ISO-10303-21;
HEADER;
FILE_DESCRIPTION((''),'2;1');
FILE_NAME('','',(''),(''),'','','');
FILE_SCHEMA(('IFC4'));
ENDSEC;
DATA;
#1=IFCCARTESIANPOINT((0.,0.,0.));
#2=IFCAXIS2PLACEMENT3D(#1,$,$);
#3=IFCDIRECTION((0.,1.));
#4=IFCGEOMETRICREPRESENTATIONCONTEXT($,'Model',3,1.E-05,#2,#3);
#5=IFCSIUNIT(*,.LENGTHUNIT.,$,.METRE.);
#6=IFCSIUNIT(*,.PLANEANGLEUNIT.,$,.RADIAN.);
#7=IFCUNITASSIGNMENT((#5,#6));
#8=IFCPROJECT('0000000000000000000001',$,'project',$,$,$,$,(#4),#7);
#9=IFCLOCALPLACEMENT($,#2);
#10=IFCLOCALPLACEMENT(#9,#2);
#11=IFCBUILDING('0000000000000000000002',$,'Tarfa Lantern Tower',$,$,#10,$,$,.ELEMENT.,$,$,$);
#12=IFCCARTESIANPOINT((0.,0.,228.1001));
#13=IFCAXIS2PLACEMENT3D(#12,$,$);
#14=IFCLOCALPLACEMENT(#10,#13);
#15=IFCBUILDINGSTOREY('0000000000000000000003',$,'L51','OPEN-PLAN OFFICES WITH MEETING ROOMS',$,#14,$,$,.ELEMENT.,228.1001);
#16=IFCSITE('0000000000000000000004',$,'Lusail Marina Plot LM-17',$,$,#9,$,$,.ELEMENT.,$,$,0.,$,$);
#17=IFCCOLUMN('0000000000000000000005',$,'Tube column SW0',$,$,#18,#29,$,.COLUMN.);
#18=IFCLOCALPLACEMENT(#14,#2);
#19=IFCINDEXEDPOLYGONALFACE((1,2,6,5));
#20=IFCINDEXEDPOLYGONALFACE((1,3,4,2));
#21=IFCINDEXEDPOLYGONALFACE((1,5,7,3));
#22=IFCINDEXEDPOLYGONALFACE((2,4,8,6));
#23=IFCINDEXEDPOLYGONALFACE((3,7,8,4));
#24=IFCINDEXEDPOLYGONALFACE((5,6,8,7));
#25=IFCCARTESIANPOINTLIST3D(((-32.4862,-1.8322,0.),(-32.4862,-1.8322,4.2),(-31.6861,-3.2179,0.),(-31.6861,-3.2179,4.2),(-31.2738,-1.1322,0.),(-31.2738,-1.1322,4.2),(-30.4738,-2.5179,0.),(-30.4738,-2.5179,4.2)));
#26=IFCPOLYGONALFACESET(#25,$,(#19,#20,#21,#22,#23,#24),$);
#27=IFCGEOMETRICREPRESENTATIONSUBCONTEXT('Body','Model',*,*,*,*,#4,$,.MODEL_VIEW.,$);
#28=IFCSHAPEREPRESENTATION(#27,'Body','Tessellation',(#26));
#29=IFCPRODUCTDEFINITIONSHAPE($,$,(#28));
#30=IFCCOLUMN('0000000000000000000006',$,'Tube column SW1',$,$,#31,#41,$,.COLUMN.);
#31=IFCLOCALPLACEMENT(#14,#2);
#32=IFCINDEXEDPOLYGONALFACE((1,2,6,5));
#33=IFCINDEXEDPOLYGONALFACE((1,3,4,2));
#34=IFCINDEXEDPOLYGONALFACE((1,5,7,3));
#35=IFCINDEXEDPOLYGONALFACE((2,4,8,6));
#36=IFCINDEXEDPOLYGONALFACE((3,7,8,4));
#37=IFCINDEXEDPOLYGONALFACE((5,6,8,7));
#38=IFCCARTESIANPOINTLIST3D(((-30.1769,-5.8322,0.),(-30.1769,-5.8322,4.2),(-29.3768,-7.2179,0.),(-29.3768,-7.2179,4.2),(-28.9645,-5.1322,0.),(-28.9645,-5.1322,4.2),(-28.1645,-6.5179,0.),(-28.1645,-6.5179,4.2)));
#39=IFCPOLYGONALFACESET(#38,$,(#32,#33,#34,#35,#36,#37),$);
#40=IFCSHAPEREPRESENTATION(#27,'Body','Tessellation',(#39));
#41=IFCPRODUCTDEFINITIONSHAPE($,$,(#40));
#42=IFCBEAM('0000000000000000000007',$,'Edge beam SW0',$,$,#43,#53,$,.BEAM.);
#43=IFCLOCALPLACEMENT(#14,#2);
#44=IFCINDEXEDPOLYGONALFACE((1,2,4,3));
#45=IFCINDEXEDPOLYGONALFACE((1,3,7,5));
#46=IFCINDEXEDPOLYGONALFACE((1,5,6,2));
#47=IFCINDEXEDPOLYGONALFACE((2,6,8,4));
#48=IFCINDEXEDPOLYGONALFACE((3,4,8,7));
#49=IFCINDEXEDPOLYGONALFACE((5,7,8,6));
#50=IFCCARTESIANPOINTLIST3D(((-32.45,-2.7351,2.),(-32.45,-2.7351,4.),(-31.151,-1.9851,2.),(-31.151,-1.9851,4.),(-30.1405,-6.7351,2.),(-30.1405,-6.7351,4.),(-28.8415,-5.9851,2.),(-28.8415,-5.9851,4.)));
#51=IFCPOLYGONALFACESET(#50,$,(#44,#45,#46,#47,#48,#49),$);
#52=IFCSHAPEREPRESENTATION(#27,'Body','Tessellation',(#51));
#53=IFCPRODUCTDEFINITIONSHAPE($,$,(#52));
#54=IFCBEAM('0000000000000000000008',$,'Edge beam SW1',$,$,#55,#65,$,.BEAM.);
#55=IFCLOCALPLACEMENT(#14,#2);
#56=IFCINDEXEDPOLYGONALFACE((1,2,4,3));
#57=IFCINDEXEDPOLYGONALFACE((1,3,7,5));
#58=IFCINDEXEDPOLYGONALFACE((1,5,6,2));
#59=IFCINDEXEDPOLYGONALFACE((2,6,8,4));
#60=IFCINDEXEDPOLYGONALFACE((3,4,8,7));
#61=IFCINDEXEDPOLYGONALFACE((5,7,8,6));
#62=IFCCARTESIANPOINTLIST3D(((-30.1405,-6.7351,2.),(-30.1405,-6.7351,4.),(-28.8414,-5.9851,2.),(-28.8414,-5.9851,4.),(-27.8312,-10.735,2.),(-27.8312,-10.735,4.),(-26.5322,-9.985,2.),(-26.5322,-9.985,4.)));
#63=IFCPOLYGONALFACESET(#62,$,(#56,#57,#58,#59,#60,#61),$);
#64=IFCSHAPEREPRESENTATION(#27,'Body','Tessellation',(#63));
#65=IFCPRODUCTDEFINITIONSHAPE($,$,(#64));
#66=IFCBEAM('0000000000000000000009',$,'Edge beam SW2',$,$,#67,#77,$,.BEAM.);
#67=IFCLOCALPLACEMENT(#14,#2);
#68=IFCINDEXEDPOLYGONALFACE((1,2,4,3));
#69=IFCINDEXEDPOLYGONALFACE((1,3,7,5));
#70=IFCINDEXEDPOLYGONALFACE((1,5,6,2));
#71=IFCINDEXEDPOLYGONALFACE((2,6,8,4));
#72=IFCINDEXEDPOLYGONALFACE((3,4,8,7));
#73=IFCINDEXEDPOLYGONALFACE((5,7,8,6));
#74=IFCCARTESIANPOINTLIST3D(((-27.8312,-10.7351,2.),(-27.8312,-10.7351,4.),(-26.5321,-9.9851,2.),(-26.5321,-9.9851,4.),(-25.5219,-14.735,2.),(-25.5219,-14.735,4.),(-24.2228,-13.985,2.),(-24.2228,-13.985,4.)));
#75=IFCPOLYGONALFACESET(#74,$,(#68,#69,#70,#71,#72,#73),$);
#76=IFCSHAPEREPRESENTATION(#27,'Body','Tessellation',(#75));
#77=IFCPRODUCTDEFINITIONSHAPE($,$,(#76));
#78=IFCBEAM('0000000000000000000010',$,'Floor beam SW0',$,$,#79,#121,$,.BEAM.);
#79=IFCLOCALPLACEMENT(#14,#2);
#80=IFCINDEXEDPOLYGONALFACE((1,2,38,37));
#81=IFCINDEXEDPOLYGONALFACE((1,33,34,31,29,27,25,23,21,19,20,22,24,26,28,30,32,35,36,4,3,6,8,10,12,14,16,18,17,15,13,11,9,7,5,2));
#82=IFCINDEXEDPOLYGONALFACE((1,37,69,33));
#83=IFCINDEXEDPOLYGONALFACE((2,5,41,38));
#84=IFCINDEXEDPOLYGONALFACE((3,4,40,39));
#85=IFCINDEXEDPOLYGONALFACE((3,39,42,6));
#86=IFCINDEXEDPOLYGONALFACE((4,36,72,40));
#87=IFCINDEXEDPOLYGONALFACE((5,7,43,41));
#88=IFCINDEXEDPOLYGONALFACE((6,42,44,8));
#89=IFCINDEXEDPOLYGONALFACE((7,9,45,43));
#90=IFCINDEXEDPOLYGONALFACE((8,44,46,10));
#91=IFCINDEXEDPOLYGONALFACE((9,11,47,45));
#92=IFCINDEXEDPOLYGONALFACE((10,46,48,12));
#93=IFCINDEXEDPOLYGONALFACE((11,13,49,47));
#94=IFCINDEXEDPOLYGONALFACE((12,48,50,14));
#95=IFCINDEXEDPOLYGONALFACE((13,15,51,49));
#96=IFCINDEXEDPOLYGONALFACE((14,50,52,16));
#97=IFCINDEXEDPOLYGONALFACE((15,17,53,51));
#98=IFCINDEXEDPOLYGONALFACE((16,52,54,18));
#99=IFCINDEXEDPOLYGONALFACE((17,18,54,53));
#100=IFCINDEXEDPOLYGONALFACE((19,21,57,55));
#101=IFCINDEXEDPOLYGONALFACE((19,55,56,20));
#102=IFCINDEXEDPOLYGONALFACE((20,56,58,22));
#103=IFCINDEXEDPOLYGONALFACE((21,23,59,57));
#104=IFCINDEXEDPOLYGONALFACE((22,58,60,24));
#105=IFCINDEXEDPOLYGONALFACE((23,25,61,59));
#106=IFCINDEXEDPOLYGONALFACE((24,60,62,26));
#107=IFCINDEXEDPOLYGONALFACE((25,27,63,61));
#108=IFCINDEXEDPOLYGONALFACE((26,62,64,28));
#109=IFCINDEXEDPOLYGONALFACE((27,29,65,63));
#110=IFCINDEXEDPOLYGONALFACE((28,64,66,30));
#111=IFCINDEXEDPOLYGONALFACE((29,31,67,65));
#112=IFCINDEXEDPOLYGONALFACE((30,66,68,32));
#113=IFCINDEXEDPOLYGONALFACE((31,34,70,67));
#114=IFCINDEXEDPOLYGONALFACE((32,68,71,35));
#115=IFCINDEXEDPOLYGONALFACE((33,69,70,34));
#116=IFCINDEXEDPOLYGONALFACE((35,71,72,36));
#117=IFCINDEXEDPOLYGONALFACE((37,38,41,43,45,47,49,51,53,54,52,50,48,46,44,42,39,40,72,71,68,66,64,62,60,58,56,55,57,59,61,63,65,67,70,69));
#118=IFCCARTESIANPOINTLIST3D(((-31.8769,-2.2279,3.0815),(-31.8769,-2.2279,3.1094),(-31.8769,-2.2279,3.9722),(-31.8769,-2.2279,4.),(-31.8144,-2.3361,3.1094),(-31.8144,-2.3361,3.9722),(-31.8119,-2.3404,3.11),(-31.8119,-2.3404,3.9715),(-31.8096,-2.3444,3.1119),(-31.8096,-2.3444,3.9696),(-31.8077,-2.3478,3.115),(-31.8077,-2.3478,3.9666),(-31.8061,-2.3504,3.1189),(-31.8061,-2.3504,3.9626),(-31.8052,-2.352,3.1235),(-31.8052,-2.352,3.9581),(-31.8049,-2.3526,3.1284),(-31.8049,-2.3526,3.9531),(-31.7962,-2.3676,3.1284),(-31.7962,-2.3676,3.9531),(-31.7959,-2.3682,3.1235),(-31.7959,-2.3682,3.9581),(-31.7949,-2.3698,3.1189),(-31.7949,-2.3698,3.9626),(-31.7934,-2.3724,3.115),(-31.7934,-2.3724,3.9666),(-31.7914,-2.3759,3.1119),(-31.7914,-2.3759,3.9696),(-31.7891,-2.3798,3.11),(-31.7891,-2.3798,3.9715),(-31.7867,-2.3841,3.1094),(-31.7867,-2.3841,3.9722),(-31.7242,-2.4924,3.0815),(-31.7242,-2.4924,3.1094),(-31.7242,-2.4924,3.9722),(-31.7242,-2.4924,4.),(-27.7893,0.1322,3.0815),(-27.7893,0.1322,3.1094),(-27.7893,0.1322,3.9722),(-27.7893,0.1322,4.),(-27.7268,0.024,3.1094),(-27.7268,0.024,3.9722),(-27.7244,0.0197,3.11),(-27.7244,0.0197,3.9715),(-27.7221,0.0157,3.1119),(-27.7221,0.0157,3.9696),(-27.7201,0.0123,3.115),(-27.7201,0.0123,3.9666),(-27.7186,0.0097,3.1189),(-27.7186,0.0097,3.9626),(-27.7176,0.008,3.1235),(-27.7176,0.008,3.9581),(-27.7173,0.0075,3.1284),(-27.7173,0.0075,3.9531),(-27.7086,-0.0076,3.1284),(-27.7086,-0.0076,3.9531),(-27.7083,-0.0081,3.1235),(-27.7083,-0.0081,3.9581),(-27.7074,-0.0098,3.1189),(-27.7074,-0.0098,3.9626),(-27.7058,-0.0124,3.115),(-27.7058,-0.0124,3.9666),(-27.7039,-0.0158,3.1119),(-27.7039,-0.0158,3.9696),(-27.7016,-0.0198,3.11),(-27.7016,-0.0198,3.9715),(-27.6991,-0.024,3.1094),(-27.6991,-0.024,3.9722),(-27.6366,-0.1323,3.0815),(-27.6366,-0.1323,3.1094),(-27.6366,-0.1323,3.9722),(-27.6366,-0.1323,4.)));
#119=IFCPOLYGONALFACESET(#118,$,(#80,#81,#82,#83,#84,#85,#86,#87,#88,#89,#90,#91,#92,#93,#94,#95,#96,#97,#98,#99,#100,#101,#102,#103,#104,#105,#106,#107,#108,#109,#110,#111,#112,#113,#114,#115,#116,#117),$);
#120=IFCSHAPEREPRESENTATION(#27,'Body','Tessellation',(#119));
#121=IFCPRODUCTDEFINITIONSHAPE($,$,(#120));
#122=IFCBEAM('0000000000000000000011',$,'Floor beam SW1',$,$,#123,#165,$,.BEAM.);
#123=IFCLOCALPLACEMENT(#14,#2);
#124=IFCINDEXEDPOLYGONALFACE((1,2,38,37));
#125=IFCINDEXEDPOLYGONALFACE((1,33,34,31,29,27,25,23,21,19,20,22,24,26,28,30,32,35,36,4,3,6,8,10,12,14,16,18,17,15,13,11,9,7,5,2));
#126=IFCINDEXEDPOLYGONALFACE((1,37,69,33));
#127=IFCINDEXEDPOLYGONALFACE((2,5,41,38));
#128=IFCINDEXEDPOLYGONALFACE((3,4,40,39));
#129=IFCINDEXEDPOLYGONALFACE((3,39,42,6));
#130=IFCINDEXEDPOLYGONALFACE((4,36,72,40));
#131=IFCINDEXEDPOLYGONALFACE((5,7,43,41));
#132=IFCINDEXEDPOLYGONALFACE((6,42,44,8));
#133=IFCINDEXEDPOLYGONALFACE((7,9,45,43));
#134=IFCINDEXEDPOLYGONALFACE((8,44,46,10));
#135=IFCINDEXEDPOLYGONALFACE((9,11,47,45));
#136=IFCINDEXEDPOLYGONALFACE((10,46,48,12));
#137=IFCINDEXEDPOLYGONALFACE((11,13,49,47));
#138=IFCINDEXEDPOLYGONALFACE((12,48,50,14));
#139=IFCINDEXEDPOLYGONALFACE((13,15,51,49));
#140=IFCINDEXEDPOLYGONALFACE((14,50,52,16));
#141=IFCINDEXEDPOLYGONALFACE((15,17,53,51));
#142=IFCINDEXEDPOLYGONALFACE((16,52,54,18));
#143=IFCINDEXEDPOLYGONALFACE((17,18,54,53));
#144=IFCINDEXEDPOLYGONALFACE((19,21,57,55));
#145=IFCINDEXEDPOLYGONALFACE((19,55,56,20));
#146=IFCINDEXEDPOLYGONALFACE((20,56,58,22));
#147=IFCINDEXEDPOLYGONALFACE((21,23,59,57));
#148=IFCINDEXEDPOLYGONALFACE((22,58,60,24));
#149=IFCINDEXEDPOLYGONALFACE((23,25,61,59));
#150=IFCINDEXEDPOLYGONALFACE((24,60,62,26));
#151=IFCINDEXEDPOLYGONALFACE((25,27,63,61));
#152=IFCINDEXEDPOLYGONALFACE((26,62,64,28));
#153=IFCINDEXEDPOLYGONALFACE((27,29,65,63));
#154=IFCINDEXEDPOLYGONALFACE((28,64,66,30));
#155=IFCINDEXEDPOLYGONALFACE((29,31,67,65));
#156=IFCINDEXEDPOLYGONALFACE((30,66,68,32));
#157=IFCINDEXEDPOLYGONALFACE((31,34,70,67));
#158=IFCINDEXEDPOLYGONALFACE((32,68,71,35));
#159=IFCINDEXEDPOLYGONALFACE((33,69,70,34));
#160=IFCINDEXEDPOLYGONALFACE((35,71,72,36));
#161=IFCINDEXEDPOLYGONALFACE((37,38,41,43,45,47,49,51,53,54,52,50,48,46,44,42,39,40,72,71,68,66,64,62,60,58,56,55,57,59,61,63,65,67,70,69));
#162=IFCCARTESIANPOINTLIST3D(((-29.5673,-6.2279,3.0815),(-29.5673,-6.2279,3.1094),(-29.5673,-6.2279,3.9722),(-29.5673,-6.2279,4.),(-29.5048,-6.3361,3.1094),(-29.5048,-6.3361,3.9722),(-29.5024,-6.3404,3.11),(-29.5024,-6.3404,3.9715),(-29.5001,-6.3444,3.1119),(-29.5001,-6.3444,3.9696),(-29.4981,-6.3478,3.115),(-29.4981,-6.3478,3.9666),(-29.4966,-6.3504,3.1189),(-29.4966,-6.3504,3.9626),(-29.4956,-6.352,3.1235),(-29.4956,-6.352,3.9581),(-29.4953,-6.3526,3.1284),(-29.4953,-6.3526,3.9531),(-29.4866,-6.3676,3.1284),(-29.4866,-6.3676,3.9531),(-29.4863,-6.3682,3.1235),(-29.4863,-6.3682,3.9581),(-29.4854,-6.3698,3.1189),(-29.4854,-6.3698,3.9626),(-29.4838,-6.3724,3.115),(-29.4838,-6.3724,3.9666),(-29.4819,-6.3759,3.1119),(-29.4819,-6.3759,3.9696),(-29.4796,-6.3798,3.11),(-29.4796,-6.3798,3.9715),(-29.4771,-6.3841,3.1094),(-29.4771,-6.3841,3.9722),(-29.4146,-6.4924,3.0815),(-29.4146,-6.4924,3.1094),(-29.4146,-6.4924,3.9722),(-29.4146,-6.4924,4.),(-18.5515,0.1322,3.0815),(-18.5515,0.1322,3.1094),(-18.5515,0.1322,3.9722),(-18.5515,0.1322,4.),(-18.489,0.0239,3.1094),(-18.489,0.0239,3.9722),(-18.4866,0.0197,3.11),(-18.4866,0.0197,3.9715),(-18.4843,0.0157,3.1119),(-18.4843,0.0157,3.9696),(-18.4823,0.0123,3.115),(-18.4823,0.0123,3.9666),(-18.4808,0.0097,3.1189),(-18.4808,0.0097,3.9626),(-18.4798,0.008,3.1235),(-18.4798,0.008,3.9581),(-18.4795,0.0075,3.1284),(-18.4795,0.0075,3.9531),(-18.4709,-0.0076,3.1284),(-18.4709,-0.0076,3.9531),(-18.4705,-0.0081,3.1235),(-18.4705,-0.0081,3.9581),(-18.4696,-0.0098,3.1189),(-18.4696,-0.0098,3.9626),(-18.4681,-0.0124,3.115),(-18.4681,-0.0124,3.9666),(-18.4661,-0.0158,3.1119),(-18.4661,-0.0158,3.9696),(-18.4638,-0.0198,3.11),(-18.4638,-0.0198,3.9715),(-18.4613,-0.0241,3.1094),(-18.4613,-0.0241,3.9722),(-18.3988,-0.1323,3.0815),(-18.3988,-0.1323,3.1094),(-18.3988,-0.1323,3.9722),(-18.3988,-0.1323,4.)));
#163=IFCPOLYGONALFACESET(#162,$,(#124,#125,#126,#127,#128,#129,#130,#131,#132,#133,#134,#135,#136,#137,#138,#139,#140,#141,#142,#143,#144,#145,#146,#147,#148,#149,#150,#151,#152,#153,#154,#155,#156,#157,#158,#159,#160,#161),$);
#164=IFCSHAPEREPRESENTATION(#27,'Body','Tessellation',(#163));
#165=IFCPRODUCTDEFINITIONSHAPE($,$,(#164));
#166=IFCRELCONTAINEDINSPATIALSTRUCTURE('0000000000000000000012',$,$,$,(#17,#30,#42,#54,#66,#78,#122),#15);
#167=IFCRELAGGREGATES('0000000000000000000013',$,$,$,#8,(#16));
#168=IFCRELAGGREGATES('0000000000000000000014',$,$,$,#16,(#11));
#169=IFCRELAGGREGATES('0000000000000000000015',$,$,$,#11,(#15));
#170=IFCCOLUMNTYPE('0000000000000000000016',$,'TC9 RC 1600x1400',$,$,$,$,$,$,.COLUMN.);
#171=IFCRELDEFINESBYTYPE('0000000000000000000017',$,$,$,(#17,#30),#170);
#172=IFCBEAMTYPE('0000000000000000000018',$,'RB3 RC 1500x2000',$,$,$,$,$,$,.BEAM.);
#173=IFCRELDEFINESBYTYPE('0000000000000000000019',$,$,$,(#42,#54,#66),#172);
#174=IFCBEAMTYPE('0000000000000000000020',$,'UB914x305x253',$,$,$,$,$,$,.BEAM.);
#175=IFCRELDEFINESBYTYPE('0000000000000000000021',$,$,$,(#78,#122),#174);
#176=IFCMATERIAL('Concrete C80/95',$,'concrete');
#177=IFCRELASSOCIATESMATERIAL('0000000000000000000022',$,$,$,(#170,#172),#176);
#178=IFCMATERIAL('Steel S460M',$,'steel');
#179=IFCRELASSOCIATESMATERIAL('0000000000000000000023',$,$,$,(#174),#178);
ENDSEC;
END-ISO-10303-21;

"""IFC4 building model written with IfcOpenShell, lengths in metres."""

from ifc_helpers import new_model, si_unit, direction, frame, origin, origin_2d, place, context, subcontext, project, spatial, rectangle, i_section, extrude, material, material_profile, profile_set, type_object, element, save


model = new_model("IFC4")

# Units and contexts
model_context = context("Model", 3, precision=1e-05, world=origin(), true_north=direction((0.0, 1.0)))
body_context = subcontext(model_context, "Body", "Model", "MODEL_VIEW")
ifc_project = project(units=[si_unit("LENGTHUNIT", "METRE"), si_unit("PLANEANGLEUNIT", "RADIAN")], contexts=[model_context])

# Site, building, storey
site_placement = place(None, origin())
site = spatial("IfcSite", under=ifc_project, at=site_placement, Name="Lusail Marina Plot LM-17", CompositionType="ELEMENT", RefElevation=0.0)
building_placement = place(site_placement, origin())
building = spatial("IfcBuilding", under=site, at=building_placement, Name="Tarfa Lantern Tower", CompositionType="ELEMENT")
storey_placement = place(building_placement, frame((0.0, 0.0, 228.1001)))
storey = spatial("IfcBuildingStorey", under=building, at=storey_placement, Name="L51", Description="OPEN-PLAN OFFICES WITH MEETING ROOMS", CompositionType="ELEMENT", Elevation=228.1001)

# Columns
ifc_material_1 = material(Name="Concrete C80/95", Category="concrete")
ifc_material_profile_1 = material_profile(ifc_material_1, rectangle(XDim=1.6001, YDim=1.3999, at=origin_2d()), Name="RC 1600x1400")
ifc_profile_set_1 = profile_set([ifc_material_profile_1], Name="Concrete C80/95")
column_type = type_object("IfcColumnType", Name="TC9 RC 1600x1400", PredefinedType="COLUMN", material=ifc_profile_set_1)
for number, where, z_axis, x_axis, name in (
    (1, (-31.48, -2.175, 0.0), (0.0, 0.0, 1.0), (0.5, -0.866025, 0.0), "Tube column SW0"),
    (2, (-29.1707, -6.175, 0.0), (0.0, 0.0, 1.0), (0.5, -0.866025, 0.0), "Tube column SW1"),
):
    element("IfcColumn", number, at=place(storey_placement, frame(where, z_axis=z_axis, x_axis=x_axis)), inside=storey, type_object=column_type, Name=name, PredefinedType="COLUMN", context=body_context, shape_type="SweptSolid", body=[
        extrude(rectangle(XDim=1.6001, YDim=1.3999, at=origin_2d()), origin(), (0.0, 0.0, 1.0), 4.2),
    ])

# Beams
ifc_material_profile_2 = material_profile(ifc_material_1, rectangle(XDim=1.5, YDim=2.0, at=origin_2d()), Name="RC 1500x2000")
ifc_profile_set_2 = profile_set([ifc_material_profile_2], Name="Concrete C80/95")
beam_type_1 = type_object("IfcBeamType", Name="RB3 RC 1500x2000", PredefinedType="BEAM", material=ifc_profile_set_2)
beam_1_placement = place(storey_placement, frame((-31.8005, -2.3601, 3.0), z_axis=(0.500027, -0.86601, 0.0), x_axis=(0.86601, 0.500027, 0.0)))
element("IfcBeam", 3, at=beam_1_placement, inside=storey, type_object=beam_type_1, Name="Edge beam SW0", PredefinedType="BEAM", context=body_context, shape_type="SweptSolid", body=[
    extrude(rectangle(XDim=1.5, YDim=2.0, at=origin_2d()), origin(), (0.0, 0.0, 1.0), 4.6189),
])
for number, where, z_axis, x_axis, name in (
    (4, (-29.491, -6.3601, 3.0), (0.499988, -0.866032, 0.0), (0.866032, 0.499988, 0.0), "Edge beam SW1"),
    (5, (-27.1816, -10.3601, 3.0), (0.499988, -0.866032, 0.0), (0.866032, 0.499988, 0.0), "Edge beam SW2"),
):
    element("IfcBeam", number, at=place(storey_placement, frame(where, z_axis=z_axis, x_axis=x_axis)), inside=storey, type_object=beam_type_1, Name=name, PredefinedType="BEAM", context=body_context, shape_type="SweptSolid", body=[
        extrude(rectangle(XDim=1.5, YDim=2.0, at=origin_2d()), origin(), (0.0, 0.0, 1.0), 4.6187),
    ])
ifc_material_2 = material(Name="Steel S460M", Category="steel")
ifc_material_profile_3 = material_profile(ifc_material_2, i_section(OverallWidth=0.3054, OverallDepth=0.9185, WebThickness=0.0173, FlangeThickness=0.0278, FilletRadius=0.019, at=origin_2d()), Name="UB914x305x253")
ifc_profile_set_3 = profile_set([ifc_material_profile_3], Name="Steel S460M")
beam_type_2 = type_object("IfcBeamType", Name="UB914x305x253", PredefinedType="BEAM", material=ifc_profile_set_3)
beam_2_placement = place(storey_placement, frame((-31.8005, -2.3601, 3.5408), z_axis=(0.866016, 0.500016, 0.0), x_axis=(-0.500016, 0.866016, 0.0)))
element("IfcBeam", 6, at=beam_2_placement, inside=storey, type_object=beam_type_2, Name="Floor beam SW0", PredefinedType="BEAM", context=body_context, shape_type="SweptSolid", body=[
    extrude(i_section(OverallWidth=0.3054, OverallDepth=0.9185, WebThickness=0.0173, FlangeThickness=0.0278, FilletRadius=0.019, at=origin_2d()), origin(), (0.0, 0.0, 1.0), 4.72),
])
beam_3_placement = place(storey_placement, frame((-29.491, -6.3601, 3.5408), z_axis=(0.866022, 0.500005, 0.0), x_axis=(-0.500005, 0.866022, 0.0)))
element("IfcBeam", 7, at=beam_3_placement, inside=storey, type_object=beam_type_2, Name="Floor beam SW1", PredefinedType="BEAM", context=body_context, shape_type="SweptSolid", body=[
    extrude(i_section(OverallWidth=0.3054, OverallDepth=0.9185, WebThickness=0.0173, FlangeThickness=0.0278, FilletRadius=0.019, at=origin_2d()), origin(), (0.0, 0.0, 1.0), 12.72),
])

save(model, "model.ifc")
